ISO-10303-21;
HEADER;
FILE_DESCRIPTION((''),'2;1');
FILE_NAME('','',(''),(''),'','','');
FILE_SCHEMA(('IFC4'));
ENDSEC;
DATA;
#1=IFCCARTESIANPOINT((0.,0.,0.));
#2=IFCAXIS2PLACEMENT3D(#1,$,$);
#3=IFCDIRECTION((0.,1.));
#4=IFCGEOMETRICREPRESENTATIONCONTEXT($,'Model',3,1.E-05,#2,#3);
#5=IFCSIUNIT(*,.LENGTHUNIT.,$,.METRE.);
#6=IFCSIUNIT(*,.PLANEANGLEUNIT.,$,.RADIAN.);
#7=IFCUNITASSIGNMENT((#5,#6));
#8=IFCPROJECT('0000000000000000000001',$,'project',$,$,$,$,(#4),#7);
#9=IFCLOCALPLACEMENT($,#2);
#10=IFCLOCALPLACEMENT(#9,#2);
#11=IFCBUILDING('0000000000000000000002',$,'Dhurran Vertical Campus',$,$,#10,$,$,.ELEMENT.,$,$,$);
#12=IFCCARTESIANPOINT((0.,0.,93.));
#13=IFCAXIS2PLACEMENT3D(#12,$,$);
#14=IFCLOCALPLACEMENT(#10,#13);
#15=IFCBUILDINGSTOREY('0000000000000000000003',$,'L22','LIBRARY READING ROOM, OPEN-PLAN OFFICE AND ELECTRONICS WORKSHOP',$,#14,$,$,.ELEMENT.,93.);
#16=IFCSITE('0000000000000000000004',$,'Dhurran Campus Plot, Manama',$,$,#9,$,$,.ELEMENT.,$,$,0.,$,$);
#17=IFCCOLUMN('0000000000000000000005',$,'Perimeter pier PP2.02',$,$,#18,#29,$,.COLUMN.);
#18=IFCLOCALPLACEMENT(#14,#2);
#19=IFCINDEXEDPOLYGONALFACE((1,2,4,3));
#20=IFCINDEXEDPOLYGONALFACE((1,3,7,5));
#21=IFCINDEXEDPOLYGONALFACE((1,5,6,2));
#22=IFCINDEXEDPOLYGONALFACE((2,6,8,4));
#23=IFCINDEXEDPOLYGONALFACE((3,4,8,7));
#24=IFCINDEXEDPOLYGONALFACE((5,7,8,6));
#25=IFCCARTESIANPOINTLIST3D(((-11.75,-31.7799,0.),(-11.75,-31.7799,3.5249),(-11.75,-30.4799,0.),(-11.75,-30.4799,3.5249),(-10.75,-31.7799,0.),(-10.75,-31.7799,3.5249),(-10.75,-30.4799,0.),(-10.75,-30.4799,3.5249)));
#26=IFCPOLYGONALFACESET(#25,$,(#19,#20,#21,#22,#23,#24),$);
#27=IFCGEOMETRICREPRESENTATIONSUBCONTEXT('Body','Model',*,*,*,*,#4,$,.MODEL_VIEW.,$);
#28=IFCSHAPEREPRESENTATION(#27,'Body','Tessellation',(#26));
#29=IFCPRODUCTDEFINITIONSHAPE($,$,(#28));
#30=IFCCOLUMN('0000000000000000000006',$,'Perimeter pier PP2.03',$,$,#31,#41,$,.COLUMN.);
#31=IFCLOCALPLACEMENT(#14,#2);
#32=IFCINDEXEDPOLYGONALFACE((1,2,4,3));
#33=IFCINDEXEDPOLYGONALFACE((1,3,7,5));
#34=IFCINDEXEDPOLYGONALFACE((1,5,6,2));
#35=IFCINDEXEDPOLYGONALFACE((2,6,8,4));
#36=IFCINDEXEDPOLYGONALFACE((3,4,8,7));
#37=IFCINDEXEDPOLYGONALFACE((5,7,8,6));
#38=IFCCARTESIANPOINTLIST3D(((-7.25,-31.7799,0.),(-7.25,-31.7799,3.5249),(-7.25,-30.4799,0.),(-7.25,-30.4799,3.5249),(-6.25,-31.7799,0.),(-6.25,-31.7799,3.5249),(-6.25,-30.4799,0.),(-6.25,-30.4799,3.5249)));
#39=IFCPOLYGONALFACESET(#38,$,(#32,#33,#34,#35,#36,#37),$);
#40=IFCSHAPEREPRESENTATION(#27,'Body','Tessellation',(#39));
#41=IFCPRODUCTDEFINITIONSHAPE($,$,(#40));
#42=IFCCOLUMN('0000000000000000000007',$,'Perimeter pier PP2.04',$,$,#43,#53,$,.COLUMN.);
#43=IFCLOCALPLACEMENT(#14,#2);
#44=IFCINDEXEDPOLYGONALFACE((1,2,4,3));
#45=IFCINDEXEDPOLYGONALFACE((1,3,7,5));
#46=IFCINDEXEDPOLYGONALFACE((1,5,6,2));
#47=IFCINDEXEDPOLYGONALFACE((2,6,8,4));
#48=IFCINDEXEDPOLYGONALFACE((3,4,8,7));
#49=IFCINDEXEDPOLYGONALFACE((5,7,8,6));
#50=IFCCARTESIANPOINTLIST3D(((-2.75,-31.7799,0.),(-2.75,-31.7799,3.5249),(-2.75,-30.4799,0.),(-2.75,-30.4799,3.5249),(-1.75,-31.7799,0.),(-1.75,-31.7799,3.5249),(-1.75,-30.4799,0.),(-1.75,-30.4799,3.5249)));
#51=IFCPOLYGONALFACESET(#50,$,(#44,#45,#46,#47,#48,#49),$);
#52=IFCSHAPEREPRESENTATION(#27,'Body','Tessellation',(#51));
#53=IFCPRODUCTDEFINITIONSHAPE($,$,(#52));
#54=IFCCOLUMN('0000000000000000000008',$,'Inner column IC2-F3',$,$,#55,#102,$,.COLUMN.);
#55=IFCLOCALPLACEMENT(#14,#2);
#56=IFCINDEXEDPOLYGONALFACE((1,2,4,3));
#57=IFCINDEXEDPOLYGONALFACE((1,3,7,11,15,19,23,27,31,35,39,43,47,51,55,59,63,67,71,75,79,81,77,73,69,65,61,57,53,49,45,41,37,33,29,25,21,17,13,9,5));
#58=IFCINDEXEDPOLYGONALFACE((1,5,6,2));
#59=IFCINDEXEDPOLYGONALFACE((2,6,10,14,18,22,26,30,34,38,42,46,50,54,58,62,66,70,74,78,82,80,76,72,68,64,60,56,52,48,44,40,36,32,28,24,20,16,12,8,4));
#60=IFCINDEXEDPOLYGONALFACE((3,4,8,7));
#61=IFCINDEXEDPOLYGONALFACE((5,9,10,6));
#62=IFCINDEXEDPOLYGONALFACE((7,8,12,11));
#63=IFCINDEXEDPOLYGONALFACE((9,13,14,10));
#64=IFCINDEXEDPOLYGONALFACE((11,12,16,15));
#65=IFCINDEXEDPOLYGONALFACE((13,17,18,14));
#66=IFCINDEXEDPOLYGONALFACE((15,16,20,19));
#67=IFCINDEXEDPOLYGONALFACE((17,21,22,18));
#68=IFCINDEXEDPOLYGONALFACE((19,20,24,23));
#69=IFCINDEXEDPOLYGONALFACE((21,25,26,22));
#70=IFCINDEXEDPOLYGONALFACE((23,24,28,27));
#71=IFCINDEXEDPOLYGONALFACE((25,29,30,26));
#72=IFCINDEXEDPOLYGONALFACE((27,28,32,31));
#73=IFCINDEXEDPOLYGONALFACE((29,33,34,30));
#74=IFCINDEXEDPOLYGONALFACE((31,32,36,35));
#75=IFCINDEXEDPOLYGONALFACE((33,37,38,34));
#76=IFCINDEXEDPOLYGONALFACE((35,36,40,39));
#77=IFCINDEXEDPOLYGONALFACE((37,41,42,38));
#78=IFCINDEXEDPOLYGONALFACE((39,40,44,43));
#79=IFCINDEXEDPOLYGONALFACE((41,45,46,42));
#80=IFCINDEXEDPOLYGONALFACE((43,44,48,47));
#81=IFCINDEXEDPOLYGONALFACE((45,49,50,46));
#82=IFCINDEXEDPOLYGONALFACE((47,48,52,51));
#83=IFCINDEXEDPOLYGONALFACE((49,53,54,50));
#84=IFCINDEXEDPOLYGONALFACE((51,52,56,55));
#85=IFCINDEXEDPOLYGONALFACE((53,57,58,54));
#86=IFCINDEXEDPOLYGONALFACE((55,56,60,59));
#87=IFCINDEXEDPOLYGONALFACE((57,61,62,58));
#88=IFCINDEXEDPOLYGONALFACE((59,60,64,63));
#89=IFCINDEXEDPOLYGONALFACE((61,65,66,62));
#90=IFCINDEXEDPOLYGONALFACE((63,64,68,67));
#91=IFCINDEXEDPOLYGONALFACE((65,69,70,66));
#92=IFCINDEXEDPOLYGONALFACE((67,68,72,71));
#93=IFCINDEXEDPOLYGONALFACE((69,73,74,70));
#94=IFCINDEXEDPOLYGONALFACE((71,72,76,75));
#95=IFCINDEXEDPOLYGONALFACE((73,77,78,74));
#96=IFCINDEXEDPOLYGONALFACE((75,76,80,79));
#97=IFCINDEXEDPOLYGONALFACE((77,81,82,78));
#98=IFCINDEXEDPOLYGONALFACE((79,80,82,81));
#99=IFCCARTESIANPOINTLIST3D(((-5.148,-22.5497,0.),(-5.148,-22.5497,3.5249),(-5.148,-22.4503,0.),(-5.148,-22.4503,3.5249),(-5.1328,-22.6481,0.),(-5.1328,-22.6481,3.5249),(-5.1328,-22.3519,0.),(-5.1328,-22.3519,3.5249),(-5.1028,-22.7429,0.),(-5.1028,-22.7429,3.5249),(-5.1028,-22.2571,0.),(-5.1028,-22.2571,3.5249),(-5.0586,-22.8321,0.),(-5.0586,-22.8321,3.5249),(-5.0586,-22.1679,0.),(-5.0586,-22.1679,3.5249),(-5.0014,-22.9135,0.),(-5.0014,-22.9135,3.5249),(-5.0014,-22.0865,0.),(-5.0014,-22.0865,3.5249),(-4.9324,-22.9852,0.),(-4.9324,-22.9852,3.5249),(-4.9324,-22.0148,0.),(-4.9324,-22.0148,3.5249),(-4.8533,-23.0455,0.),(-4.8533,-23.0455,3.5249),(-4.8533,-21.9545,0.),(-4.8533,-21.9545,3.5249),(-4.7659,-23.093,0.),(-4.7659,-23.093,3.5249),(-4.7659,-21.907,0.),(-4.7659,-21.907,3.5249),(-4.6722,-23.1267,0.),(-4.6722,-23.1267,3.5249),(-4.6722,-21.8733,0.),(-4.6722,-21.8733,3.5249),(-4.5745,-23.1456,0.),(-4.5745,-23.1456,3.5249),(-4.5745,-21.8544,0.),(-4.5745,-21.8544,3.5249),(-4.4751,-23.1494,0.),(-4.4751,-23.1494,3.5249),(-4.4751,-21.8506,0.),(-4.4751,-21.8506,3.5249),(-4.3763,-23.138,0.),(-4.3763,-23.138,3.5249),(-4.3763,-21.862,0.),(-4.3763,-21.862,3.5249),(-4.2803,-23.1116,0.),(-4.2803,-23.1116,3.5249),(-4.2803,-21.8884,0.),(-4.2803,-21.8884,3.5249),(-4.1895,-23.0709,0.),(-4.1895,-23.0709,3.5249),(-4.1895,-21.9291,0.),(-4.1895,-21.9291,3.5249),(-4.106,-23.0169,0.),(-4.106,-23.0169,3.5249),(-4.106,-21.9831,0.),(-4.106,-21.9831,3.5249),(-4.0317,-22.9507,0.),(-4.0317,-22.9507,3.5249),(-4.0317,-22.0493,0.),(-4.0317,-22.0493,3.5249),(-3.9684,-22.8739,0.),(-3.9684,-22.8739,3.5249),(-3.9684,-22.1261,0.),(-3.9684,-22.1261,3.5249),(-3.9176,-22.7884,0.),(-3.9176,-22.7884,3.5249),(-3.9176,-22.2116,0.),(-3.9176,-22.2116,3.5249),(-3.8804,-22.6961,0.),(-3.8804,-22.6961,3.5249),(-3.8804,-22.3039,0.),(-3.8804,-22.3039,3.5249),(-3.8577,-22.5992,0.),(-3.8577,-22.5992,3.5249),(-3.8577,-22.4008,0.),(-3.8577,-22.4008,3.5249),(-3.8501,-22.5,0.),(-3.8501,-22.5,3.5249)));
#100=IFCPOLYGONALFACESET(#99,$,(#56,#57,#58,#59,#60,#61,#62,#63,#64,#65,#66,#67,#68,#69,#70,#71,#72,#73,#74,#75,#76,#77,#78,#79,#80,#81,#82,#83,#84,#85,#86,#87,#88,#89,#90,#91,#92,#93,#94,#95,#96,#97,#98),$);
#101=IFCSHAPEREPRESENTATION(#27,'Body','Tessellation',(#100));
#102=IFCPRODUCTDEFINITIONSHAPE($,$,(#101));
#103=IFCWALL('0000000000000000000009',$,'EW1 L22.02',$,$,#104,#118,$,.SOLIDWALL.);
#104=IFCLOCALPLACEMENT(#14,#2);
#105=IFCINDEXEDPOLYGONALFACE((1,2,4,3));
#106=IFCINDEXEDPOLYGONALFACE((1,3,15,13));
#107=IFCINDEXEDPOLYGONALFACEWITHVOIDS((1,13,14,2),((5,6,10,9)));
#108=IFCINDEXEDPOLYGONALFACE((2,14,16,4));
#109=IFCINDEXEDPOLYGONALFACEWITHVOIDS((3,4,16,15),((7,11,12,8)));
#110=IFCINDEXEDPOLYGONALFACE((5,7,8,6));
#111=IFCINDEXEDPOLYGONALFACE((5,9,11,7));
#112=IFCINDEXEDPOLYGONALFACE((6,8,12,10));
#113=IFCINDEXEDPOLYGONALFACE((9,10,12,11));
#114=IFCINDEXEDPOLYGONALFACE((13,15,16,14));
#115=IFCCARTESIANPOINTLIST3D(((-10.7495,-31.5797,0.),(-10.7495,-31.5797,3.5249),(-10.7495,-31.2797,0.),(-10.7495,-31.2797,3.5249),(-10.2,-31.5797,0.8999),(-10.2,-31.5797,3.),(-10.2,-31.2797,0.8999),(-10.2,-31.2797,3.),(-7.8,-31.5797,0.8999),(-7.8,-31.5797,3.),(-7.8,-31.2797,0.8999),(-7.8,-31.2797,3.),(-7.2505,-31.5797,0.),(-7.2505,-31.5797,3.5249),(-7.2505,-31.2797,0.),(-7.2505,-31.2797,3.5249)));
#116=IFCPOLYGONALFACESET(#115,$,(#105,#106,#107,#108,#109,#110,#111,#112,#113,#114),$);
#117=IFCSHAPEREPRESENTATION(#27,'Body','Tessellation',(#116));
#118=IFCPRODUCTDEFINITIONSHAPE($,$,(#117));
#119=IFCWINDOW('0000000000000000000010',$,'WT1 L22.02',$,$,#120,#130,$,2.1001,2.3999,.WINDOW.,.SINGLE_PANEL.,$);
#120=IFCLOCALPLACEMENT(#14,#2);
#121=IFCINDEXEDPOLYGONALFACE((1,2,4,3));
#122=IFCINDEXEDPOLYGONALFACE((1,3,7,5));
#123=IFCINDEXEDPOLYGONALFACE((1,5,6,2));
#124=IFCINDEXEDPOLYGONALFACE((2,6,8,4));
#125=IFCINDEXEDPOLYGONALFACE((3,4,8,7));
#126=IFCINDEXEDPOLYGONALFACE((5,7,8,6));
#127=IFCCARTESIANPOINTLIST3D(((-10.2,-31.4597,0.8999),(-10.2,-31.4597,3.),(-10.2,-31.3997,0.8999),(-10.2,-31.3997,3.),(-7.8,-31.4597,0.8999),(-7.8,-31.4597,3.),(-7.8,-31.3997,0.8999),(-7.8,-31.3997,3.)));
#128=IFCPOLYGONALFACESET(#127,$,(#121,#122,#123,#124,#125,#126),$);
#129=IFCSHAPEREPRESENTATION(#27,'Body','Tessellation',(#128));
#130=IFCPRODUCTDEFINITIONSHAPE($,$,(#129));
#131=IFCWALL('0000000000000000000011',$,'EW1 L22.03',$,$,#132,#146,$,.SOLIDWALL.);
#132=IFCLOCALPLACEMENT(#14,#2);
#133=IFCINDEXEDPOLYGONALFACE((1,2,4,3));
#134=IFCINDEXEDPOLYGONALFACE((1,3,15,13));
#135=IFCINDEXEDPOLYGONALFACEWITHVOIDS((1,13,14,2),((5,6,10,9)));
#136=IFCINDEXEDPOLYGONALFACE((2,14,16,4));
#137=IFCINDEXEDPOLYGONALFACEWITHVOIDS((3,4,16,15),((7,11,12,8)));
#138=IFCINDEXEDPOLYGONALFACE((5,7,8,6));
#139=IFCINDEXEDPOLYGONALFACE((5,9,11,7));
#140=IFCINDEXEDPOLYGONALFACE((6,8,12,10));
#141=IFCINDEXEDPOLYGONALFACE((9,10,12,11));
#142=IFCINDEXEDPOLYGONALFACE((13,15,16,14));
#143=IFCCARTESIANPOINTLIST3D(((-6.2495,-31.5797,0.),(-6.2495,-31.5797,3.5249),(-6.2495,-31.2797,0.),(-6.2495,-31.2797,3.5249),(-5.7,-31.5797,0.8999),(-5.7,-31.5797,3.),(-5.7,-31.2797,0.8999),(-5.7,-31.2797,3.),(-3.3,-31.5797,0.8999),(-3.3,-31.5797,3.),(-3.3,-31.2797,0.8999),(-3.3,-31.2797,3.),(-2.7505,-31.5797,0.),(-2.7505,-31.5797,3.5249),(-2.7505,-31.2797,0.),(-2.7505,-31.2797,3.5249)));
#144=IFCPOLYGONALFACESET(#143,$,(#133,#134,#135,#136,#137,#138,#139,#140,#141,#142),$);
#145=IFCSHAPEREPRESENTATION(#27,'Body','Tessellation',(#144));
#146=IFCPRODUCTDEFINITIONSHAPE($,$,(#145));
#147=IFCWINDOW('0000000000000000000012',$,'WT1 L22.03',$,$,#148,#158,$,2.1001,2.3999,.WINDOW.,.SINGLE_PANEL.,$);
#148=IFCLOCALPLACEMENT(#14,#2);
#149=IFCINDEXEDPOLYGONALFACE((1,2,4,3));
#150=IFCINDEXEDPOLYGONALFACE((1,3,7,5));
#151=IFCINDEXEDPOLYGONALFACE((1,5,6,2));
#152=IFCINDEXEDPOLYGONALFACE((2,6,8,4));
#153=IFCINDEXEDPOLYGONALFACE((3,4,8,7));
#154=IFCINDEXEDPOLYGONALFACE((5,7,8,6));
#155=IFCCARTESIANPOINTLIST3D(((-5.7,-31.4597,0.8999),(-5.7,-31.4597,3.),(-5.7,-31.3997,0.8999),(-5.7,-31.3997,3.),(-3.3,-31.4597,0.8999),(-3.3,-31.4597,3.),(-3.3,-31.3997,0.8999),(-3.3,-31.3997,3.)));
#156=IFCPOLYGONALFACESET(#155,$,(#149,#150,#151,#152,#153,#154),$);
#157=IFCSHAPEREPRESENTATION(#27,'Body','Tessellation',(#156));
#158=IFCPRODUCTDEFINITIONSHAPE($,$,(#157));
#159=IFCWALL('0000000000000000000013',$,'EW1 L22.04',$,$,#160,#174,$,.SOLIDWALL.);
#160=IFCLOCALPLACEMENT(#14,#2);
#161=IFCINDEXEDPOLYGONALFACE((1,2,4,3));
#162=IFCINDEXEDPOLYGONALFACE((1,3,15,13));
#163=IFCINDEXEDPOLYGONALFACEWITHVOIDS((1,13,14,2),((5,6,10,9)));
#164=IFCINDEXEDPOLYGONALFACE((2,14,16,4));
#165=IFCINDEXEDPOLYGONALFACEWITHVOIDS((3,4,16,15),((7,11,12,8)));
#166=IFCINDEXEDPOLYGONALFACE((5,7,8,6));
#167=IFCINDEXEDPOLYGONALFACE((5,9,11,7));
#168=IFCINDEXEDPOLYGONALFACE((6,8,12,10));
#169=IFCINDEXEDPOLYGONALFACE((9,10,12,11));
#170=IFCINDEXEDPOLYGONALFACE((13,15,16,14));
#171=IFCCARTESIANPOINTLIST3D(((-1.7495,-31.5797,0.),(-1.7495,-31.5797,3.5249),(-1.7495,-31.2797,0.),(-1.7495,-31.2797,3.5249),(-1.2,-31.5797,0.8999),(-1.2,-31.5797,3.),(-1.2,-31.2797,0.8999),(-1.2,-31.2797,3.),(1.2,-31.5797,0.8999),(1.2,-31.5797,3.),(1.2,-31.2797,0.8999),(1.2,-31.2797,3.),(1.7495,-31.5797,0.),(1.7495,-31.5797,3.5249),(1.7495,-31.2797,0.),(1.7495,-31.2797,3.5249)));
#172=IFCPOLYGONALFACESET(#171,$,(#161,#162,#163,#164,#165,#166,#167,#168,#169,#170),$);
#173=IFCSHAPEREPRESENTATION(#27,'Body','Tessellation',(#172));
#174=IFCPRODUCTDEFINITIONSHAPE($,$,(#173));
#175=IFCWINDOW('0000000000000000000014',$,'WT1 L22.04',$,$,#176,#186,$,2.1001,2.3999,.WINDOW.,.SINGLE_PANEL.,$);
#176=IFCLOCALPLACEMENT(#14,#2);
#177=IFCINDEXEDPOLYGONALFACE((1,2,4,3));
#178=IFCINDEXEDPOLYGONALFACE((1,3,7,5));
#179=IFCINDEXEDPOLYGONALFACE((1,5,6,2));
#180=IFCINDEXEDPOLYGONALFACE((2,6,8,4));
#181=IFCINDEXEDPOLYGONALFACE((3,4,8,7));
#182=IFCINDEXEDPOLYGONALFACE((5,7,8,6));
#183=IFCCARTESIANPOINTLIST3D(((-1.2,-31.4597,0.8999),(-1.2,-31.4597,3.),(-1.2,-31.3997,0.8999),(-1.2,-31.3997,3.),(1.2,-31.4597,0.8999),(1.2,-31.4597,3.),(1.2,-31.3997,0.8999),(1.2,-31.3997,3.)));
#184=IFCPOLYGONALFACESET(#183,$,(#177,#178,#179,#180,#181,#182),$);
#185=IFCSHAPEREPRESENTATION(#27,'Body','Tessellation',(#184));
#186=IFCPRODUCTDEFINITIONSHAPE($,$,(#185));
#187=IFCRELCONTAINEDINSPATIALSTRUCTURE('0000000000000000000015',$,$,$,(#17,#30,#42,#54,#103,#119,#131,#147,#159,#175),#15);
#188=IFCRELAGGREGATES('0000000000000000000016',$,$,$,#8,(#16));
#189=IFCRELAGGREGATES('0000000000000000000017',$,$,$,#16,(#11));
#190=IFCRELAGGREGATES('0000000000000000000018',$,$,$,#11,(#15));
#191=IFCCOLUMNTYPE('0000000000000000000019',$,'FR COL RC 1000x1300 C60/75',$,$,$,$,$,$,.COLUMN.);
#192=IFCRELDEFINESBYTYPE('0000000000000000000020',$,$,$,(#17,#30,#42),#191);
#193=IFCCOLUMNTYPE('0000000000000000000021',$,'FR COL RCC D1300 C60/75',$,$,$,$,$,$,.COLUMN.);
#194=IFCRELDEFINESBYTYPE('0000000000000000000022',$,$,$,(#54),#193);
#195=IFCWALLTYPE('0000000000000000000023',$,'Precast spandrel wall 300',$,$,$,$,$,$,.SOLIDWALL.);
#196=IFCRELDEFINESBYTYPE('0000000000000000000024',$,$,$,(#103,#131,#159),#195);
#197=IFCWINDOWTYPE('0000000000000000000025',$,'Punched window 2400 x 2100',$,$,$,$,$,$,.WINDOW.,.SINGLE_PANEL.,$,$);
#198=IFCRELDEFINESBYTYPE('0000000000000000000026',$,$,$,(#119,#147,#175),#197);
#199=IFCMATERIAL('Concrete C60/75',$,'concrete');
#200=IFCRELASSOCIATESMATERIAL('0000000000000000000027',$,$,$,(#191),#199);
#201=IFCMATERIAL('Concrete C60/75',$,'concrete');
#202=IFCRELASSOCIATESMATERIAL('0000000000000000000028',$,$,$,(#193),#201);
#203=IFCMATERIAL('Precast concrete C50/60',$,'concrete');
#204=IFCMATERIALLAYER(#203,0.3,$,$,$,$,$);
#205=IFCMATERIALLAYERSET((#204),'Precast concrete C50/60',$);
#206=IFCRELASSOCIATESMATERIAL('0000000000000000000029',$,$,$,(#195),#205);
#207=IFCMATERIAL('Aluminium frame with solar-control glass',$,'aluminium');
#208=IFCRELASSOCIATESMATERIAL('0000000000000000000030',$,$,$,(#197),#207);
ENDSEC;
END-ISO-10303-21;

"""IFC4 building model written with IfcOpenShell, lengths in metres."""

from ifc_helpers import new_model, si_unit, direction, frame, frame_2d, origin, origin_2d, place, context, subcontext, project, spatial, rectangle, circle, extrude, material, layer, layer_set, material_profile, profile_set, type_object, element, fill, save


model = new_model("IFC4")

# Units and contexts
model_context = context("Model", 3, precision=1e-05, world=origin(), true_north=direction((0.0, 1.0)))
body_context = subcontext(model_context, "Body", "Model", "MODEL_VIEW")
ifc_project = project(units=[si_unit("LENGTHUNIT", "METRE"), si_unit("PLANEANGLEUNIT", "RADIAN")], contexts=[model_context])

# Site, building, storey
site_placement = place(None, origin())
site = spatial("IfcSite", under=ifc_project, at=site_placement, Name="Dhurran Campus Plot, Manama", CompositionType="ELEMENT", RefElevation=0.0)
building_placement = place(site_placement, origin())
building = spatial("IfcBuilding", under=site, at=building_placement, Name="Dhurran Vertical Campus", CompositionType="ELEMENT")
storey_placement = place(building_placement, frame((0.0, 0.0, 93.0)))
storey = spatial("IfcBuildingStorey", under=building, at=storey_placement, Name="L22", Description="LIBRARY READING ROOM, OPEN-PLAN OFFICE AND ELECTRONICS WORKSHOP", CompositionType="ELEMENT", Elevation=93.0)

# Columns
ifc_material_1 = material(Name="Concrete C60/75", Category="concrete")
ifc_material_profile_1 = material_profile(ifc_material_1, rectangle(XDim=1.0, YDim=1.3, at=origin_2d()), Name="RC 1000x1300")
ifc_profile_set_1 = profile_set([ifc_material_profile_1], Name="Concrete C60/75")
column_type_1 = type_object("IfcColumnType", Name="FR COL RC 1000x1300 C60/75", PredefinedType="COLUMN", material=ifc_profile_set_1)
for number, where, z_axis, x_axis, name in (
    (1, (-11.25, -31.1299, 0.0), (0.0, 0.0, 1.0), (1.0, 0.0, 0.0), "Perimeter pier PP2.02"),
    (2, (-6.75, -31.1299, 0.0), (0.0, 0.0, 1.0), (1.0, 0.0, 0.0), "Perimeter pier PP2.03"),
    (3, (-2.25, -31.1299, 0.0), (0.0, 0.0, 1.0), (1.0, 0.0, 0.0), "Perimeter pier PP2.04"),
):
    element("IfcColumn", number, at=place(storey_placement, frame(where, z_axis=z_axis, x_axis=x_axis)), inside=storey, type_object=column_type_1, Name=name, PredefinedType="COLUMN", context=body_context, shape_type="SweptSolid", body=[
        extrude(rectangle(XDim=1.0, YDim=1.3, at=origin_2d()), origin(), (0.0, 0.0, 1.0), 3.5249),
    ])
ifc_material_2 = material(Name="Concrete C60/75", Category="concrete")
ifc_material_profile_2 = material_profile(ifc_material_2, circle(Radius=0.6499, at=origin_2d()), Name="RCC D1300")
ifc_profile_set_2 = profile_set([ifc_material_profile_2], Name="Concrete C60/75")
column_type_2 = type_object("IfcColumnType", Name="FR COL RCC D1300 C60/75", PredefinedType="COLUMN", material=ifc_profile_set_2)
column_placement = place(storey_placement, frame((-4.5, -22.5, 0.0), z_axis=(0.0, 0.0, 1.0), x_axis=(1.0, 0.0, 0.0)))
element("IfcColumn", 4, at=column_placement, inside=storey, type_object=column_type_2, Name="Inner column IC2-F3", PredefinedType="COLUMN", context=body_context, shape_type="SweptSolid", body=[
    extrude(circle(Radius=0.6499, at=origin_2d()), origin(), (0.0, 0.0, 1.0), 3.5249),
])

# Walls, openings, windows
ifc_material_3 = material(Name="Precast concrete C50/60", Category="concrete")
ifc_layer_1 = layer(ifc_material_3, 0.3)
ifc_layer_set_1 = layer_set([ifc_layer_1], Name="Precast concrete C50/60")
wall_type_1 = type_object("IfcWallType", Name="Precast spandrel wall 300", PredefinedType="SOLIDWALL", material=ifc_layer_set_1)
wall_1_placement = place(storey_placement, frame((-10.7495, -31.4297, 0.0), z_axis=(0.0, 0.0, 1.0), x_axis=(1.0, 0.0, 0.0)))
wall_1 = element("IfcWall", 5, at=wall_1_placement, inside=storey, type_object=wall_type_1, Name="EW1 L22.02", PredefinedType="SOLIDWALL", context=body_context, shape_type="SweptSolid", body=[
    extrude(rectangle(XDim=3.499, YDim=0.3, at=frame_2d((1.7495, 0.0))), origin(), (0.0, 0.0, 1.0), 3.5249),
])
opening_1_placement = place(wall_1_placement, frame((0.5496, 0.0, 0.8999)))
opening_1 = element("IfcOpeningElement", 6, at=opening_1_placement, cuts=wall_1, PredefinedType="OPENING", context=body_context, shape_type="SweptSolid", body=[
    extrude(rectangle(XDim=2.3999, YDim=2.1001, at=frame_2d((1.2, 1.05))), frame((0.0, 0.1599, 0.0), z_axis=(0.0, -1.0, 0.0), x_axis=(1.0, 0.0, 0.0)), (0.0, 0.0, 1.0), 0.3201),
])
ifc_material_4 = material(Name="Aluminium frame with solar-control glass", Category="aluminium")
window_type = type_object("IfcWindowType", Name="Punched window 2400 x 2100", PartitioningType="SINGLE_PANEL", PredefinedType="WINDOW", material=ifc_material_4)
window_1_placement = place(opening_1_placement, origin())
window_1 = element("IfcWindow", 7, at=window_1_placement, inside=storey, type_object=window_type, Name="WT1 L22.02", OverallHeight=2.1001, OverallWidth=2.3999, PartitioningType="SINGLE_PANEL", PredefinedType="WINDOW", context=body_context, shape_type="SweptSolid", body=[
    extrude(rectangle(XDim=2.3999, YDim=2.1001, at=frame_2d((1.2, 1.05))), frame((0.0, 0.03, 0.0), z_axis=(0.0, -1.0, 0.0), x_axis=(1.0, 0.0, 0.0)), (0.0, 0.0, 1.0), 0.0601),
])
fill(opening_1, window_1)
wall_2_placement = place(storey_placement, frame((-6.2495, -31.4297, 0.0), z_axis=(0.0, 0.0, 1.0), x_axis=(1.0, 0.0, 0.0)))
wall_2 = element("IfcWall", 8, at=wall_2_placement, inside=storey, type_object=wall_type_1, Name="EW1 L22.03", PredefinedType="SOLIDWALL", context=body_context, shape_type="SweptSolid", body=[
    extrude(rectangle(XDim=3.499, YDim=0.3, at=frame_2d((1.7495, 0.0))), origin(), (0.0, 0.0, 1.0), 3.5249),
])
opening_2_placement = place(wall_2_placement, frame((0.5496, 0.0, 0.8999)))
opening_2 = element("IfcOpeningElement", 9, at=opening_2_placement, cuts=wall_2, PredefinedType="OPENING", context=body_context, shape_type="SweptSolid", body=[
    extrude(rectangle(XDim=2.3999, YDim=2.1001, at=frame_2d((1.2, 1.05))), frame((0.0, 0.1599, 0.0), z_axis=(0.0, -1.0, 0.0), x_axis=(1.0, 0.0, 0.0)), (0.0, 0.0, 1.0), 0.3201),
])
window_2_placement = place(opening_2_placement, origin())
window_2 = element("IfcWindow", 10, at=window_2_placement, inside=storey, type_object=window_type, Name="WT1 L22.03", OverallHeight=2.1001, OverallWidth=2.3999, PartitioningType="SINGLE_PANEL", PredefinedType="WINDOW", context=body_context, shape_type="SweptSolid", body=[
    extrude(rectangle(XDim=2.3999, YDim=2.1001, at=frame_2d((1.2, 1.05))), frame((0.0, 0.03, 0.0), z_axis=(0.0, -1.0, 0.0), x_axis=(1.0, 0.0, 0.0)), (0.0, 0.0, 1.0), 0.0601),
])
fill(opening_2, window_2)
wall_3_placement = place(storey_placement, frame((-1.7495, -31.4297, 0.0), z_axis=(0.0, 0.0, 1.0), x_axis=(1.0, 0.0, 0.0)))
wall_3 = element("IfcWall", 11, at=wall_3_placement, inside=storey, type_object=wall_type_1, Name="EW1 L22.04", PredefinedType="SOLIDWALL", context=body_context, shape_type="SweptSolid", body=[
    extrude(rectangle(XDim=3.499, YDim=0.3, at=frame_2d((1.7495, 0.0))), origin(), (0.0, 0.0, 1.0), 3.5249),
])
opening_3_placement = place(wall_3_placement, frame((0.5496, 0.0, 0.8999)))
opening_3 = element("IfcOpeningElement", 12, at=opening_3_placement, cuts=wall_3, PredefinedType="OPENING", context=body_context, shape_type="SweptSolid", body=[
    extrude(rectangle(XDim=2.3999, YDim=2.1001, at=frame_2d((1.2, 1.05))), frame((0.0, 0.1599, 0.0), z_axis=(0.0, -1.0, 0.0), x_axis=(1.0, 0.0, 0.0)), (0.0, 0.0, 1.0), 0.3201),
])
window_3_placement = place(opening_3_placement, origin())
window_3 = element("IfcWindow", 13, at=window_3_placement, inside=storey, type_object=window_type, Name="WT1 L22.04", OverallHeight=2.1001, OverallWidth=2.3999, PartitioningType="SINGLE_PANEL", PredefinedType="WINDOW", context=body_context, shape_type="SweptSolid", body=[
    extrude(rectangle(XDim=2.3999, YDim=2.1001, at=frame_2d((1.2, 1.05))), frame((0.0, 0.03, 0.0), z_axis=(0.0, -1.0, 0.0), x_axis=(1.0, 0.0, 0.0)), (0.0, 0.0, 1.0), 0.0601),
])
fill(opening_3, window_3)

save(model, "model.ifc")
